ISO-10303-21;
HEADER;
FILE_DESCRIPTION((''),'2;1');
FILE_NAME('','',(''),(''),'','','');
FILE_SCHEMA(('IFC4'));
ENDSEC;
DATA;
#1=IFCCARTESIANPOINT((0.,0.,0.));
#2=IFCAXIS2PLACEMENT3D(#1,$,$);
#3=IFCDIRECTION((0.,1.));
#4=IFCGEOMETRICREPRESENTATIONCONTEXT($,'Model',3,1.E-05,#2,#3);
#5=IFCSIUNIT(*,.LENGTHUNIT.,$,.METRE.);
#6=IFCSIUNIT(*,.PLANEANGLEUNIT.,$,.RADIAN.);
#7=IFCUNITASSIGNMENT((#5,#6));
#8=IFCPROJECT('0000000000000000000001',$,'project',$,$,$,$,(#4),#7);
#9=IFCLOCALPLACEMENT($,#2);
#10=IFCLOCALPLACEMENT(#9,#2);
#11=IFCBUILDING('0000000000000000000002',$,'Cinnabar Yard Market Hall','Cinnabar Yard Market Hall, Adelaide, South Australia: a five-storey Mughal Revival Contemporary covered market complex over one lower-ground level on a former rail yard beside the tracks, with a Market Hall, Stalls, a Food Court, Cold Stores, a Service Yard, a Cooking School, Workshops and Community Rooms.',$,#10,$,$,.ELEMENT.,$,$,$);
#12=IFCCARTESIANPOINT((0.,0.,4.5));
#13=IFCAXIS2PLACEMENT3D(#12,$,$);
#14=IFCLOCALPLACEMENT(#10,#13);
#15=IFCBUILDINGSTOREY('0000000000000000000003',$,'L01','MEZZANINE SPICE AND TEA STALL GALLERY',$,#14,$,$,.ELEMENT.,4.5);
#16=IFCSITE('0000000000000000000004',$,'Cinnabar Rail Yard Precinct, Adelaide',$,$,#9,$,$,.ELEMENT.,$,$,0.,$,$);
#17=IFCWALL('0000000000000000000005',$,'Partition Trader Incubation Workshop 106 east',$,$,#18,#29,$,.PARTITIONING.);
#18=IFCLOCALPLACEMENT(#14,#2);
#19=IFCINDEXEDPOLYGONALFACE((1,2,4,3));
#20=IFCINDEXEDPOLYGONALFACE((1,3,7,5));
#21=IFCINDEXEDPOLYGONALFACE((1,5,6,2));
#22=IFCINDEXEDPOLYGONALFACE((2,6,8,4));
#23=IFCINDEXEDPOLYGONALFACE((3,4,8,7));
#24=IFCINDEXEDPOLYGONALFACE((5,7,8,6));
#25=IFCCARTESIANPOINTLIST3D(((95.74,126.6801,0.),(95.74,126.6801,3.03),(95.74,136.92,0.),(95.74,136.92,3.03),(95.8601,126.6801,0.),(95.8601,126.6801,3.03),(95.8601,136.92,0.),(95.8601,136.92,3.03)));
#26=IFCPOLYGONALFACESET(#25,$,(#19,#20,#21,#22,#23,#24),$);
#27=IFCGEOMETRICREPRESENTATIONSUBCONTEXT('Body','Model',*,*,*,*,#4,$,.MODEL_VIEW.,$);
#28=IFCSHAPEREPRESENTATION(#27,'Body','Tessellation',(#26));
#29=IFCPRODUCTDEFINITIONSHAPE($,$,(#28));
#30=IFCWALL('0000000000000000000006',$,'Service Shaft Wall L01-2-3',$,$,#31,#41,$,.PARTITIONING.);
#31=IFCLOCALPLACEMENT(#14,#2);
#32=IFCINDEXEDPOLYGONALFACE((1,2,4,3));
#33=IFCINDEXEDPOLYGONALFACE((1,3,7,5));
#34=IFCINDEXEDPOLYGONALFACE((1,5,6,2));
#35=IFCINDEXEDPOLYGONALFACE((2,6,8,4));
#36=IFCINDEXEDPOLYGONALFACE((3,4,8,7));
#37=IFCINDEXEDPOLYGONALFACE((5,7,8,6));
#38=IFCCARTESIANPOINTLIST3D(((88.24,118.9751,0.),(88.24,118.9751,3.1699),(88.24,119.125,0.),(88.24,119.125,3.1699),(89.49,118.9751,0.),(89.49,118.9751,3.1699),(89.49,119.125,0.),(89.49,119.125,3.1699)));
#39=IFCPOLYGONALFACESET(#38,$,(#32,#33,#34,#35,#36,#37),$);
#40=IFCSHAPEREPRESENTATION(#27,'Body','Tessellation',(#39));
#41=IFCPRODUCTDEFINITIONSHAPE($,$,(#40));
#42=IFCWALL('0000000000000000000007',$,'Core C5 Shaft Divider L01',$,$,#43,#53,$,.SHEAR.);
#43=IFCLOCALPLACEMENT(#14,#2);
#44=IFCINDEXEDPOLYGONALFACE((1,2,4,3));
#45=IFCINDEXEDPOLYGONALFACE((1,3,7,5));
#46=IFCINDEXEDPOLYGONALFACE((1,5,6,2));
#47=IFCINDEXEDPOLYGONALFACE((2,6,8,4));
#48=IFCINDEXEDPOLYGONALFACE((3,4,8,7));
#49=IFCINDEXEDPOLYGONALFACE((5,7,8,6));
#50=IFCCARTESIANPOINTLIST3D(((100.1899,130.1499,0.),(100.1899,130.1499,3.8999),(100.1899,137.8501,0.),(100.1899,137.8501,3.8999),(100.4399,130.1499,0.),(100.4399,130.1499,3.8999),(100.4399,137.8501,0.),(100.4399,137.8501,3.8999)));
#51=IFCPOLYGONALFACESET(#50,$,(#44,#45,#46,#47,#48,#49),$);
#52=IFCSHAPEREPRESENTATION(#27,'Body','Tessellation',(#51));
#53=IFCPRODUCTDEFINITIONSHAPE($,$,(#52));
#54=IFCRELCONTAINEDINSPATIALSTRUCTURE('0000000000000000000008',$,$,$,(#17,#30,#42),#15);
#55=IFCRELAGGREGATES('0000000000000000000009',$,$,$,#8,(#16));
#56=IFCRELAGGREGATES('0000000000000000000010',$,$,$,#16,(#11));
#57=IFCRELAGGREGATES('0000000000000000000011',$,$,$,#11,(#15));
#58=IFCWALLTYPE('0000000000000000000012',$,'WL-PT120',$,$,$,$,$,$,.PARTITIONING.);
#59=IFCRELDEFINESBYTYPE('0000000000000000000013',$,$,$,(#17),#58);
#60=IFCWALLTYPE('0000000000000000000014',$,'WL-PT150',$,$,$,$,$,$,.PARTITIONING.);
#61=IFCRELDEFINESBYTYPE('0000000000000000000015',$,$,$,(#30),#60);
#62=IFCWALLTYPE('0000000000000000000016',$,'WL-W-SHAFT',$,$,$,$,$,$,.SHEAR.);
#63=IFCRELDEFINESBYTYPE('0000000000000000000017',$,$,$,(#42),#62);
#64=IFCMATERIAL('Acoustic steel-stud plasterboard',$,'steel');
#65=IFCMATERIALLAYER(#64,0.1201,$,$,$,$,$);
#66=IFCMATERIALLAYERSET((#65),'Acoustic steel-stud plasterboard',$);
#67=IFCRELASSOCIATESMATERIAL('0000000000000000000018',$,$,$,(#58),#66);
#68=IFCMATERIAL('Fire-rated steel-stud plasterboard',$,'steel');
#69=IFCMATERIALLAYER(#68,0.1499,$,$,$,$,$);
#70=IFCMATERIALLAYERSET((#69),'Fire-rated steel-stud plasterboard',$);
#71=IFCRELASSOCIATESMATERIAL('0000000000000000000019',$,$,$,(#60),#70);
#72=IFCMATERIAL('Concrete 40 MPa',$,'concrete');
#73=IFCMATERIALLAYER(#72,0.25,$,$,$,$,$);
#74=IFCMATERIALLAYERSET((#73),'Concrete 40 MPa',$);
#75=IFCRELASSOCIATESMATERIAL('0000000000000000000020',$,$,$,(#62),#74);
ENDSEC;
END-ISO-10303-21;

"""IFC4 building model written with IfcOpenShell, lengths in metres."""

from ifc_helpers import new_model, si_unit, direction, frame, frame_2d, origin, place, context, subcontext, project, spatial, rectangle, extrude, material, layer, layer_set, type_object, element, save


model = new_model("IFC4")

# Units and contexts
model_context = context("Model", 3, precision=1e-05, world=origin(), true_north=direction((0.0, 1.0)))
body_context = subcontext(model_context, "Body", "Model", "MODEL_VIEW")
ifc_project = project(units=[si_unit("LENGTHUNIT", "METRE"), si_unit("PLANEANGLEUNIT", "RADIAN")], contexts=[model_context])

# Site, building, storey
site_placement = place(None, origin())
site = spatial("IfcSite", under=ifc_project, at=site_placement, Name="Cinnabar Rail Yard Precinct, Adelaide", CompositionType="ELEMENT", RefElevation=0.0)
building_placement = place(site_placement, origin())
building = spatial("IfcBuilding", under=site, at=building_placement, Name="Cinnabar Yard Market Hall", Description="Cinnabar Yard Market Hall, Adelaide, South Australia: a five-storey Mughal Revival Contemporary covered market complex over one lower-ground level on a former rail yard beside the tracks, with a Market Hall, Stalls, a Food Court, Cold Stores, a Service Yard, a Cooking School, Workshops and Community Rooms.", CompositionType="ELEMENT")
storey_placement = place(building_placement, frame((0.0, 0.0, 4.5)))
storey = spatial("IfcBuildingStorey", under=building, at=storey_placement, Name="L01", Description="MEZZANINE SPICE AND TEA STALL GALLERY", CompositionType="ELEMENT", Elevation=4.5)

# Walls
ifc_material_1 = material(Name="Acoustic steel-stud plasterboard", Category="steel")
ifc_layer_1 = layer(ifc_material_1, 0.1201)
ifc_layer_set_1 = layer_set([ifc_layer_1], Name="Acoustic steel-stud plasterboard")
wall_type_1 = type_object("IfcWallType", Name="WL-PT120", PredefinedType="PARTITIONING", material=ifc_layer_set_1)
wall_1_placement = place(storey_placement, frame((95.8, 126.6799, 0.0), z_axis=(0.0, 0.0, 1.0), x_axis=(0.0, 1.0, 0.0)))
element("IfcWall", 1, at=wall_1_placement, inside=storey, type_object=wall_type_1, Name="Partition Trader Incubation Workshop 106 east", PredefinedType="PARTITIONING", context=body_context, shape_type="SweptSolid", body=[
    extrude(rectangle(XDim=10.24, YDim=0.1201, at=frame_2d((5.1201, 0.0), x_axis=(1.0, 0.0))), origin(), (0.0, 0.0, 1.0), 3.03),
])
ifc_material_2 = material(Name="Fire-rated steel-stud plasterboard", Category="steel")
ifc_layer_2 = layer(ifc_material_2, 0.1499)
ifc_layer_set_2 = layer_set([ifc_layer_2], Name="Fire-rated steel-stud plasterboard")
wall_type_2 = type_object("IfcWallType", Name="WL-PT150", PredefinedType="PARTITIONING", material=ifc_layer_set_2)
wall_2_placement = place(storey_placement, frame((89.49, 119.05, 0.0), z_axis=(0.0, 0.0, 1.0), x_axis=(-1.0, 0.0, 0.0)))
element("IfcWall", 2, at=wall_2_placement, inside=storey, type_object=wall_type_2, Name="Service Shaft Wall L01-2-3", PredefinedType="PARTITIONING", context=body_context, shape_type="SweptSolid", body=[
    extrude(rectangle(XDim=1.25, YDim=0.1499, at=frame_2d((0.625, 0.0), x_axis=(1.0, 0.0))), origin(), (0.0, 0.0, 1.0), 3.1699),
])

# Shared definitions
ifc_material_3 = material(Name="Concrete 40 MPa", Category="concrete")

# Wall
ifc_layer_3 = layer(ifc_material_3, 0.25)
ifc_layer_set_3 = layer_set([ifc_layer_3], Name="Concrete 40 MPa")
wall_type_3 = type_object("IfcWallType", Name="WL-W-SHAFT", PredefinedType="SHEAR", material=ifc_layer_set_3)
wall_3_placement = place(storey_placement, frame((100.3149, 130.1499, 0.0), z_axis=(0.0, 0.0, 1.0), x_axis=(0.0, 1.0, 0.0)))
element("IfcWall", 3, at=wall_3_placement, inside=storey, type_object=wall_type_3, Name="Core C5 Shaft Divider L01", PredefinedType="SHEAR", context=body_context, shape_type="SweptSolid", body=[
    extrude(rectangle(XDim=7.7002, YDim=0.25, at=frame_2d((3.8501, 0.0), x_axis=(1.0, 0.0))), origin(), (0.0, 0.0, 1.0), 3.8999),
])

save(model, "model.ifc")
